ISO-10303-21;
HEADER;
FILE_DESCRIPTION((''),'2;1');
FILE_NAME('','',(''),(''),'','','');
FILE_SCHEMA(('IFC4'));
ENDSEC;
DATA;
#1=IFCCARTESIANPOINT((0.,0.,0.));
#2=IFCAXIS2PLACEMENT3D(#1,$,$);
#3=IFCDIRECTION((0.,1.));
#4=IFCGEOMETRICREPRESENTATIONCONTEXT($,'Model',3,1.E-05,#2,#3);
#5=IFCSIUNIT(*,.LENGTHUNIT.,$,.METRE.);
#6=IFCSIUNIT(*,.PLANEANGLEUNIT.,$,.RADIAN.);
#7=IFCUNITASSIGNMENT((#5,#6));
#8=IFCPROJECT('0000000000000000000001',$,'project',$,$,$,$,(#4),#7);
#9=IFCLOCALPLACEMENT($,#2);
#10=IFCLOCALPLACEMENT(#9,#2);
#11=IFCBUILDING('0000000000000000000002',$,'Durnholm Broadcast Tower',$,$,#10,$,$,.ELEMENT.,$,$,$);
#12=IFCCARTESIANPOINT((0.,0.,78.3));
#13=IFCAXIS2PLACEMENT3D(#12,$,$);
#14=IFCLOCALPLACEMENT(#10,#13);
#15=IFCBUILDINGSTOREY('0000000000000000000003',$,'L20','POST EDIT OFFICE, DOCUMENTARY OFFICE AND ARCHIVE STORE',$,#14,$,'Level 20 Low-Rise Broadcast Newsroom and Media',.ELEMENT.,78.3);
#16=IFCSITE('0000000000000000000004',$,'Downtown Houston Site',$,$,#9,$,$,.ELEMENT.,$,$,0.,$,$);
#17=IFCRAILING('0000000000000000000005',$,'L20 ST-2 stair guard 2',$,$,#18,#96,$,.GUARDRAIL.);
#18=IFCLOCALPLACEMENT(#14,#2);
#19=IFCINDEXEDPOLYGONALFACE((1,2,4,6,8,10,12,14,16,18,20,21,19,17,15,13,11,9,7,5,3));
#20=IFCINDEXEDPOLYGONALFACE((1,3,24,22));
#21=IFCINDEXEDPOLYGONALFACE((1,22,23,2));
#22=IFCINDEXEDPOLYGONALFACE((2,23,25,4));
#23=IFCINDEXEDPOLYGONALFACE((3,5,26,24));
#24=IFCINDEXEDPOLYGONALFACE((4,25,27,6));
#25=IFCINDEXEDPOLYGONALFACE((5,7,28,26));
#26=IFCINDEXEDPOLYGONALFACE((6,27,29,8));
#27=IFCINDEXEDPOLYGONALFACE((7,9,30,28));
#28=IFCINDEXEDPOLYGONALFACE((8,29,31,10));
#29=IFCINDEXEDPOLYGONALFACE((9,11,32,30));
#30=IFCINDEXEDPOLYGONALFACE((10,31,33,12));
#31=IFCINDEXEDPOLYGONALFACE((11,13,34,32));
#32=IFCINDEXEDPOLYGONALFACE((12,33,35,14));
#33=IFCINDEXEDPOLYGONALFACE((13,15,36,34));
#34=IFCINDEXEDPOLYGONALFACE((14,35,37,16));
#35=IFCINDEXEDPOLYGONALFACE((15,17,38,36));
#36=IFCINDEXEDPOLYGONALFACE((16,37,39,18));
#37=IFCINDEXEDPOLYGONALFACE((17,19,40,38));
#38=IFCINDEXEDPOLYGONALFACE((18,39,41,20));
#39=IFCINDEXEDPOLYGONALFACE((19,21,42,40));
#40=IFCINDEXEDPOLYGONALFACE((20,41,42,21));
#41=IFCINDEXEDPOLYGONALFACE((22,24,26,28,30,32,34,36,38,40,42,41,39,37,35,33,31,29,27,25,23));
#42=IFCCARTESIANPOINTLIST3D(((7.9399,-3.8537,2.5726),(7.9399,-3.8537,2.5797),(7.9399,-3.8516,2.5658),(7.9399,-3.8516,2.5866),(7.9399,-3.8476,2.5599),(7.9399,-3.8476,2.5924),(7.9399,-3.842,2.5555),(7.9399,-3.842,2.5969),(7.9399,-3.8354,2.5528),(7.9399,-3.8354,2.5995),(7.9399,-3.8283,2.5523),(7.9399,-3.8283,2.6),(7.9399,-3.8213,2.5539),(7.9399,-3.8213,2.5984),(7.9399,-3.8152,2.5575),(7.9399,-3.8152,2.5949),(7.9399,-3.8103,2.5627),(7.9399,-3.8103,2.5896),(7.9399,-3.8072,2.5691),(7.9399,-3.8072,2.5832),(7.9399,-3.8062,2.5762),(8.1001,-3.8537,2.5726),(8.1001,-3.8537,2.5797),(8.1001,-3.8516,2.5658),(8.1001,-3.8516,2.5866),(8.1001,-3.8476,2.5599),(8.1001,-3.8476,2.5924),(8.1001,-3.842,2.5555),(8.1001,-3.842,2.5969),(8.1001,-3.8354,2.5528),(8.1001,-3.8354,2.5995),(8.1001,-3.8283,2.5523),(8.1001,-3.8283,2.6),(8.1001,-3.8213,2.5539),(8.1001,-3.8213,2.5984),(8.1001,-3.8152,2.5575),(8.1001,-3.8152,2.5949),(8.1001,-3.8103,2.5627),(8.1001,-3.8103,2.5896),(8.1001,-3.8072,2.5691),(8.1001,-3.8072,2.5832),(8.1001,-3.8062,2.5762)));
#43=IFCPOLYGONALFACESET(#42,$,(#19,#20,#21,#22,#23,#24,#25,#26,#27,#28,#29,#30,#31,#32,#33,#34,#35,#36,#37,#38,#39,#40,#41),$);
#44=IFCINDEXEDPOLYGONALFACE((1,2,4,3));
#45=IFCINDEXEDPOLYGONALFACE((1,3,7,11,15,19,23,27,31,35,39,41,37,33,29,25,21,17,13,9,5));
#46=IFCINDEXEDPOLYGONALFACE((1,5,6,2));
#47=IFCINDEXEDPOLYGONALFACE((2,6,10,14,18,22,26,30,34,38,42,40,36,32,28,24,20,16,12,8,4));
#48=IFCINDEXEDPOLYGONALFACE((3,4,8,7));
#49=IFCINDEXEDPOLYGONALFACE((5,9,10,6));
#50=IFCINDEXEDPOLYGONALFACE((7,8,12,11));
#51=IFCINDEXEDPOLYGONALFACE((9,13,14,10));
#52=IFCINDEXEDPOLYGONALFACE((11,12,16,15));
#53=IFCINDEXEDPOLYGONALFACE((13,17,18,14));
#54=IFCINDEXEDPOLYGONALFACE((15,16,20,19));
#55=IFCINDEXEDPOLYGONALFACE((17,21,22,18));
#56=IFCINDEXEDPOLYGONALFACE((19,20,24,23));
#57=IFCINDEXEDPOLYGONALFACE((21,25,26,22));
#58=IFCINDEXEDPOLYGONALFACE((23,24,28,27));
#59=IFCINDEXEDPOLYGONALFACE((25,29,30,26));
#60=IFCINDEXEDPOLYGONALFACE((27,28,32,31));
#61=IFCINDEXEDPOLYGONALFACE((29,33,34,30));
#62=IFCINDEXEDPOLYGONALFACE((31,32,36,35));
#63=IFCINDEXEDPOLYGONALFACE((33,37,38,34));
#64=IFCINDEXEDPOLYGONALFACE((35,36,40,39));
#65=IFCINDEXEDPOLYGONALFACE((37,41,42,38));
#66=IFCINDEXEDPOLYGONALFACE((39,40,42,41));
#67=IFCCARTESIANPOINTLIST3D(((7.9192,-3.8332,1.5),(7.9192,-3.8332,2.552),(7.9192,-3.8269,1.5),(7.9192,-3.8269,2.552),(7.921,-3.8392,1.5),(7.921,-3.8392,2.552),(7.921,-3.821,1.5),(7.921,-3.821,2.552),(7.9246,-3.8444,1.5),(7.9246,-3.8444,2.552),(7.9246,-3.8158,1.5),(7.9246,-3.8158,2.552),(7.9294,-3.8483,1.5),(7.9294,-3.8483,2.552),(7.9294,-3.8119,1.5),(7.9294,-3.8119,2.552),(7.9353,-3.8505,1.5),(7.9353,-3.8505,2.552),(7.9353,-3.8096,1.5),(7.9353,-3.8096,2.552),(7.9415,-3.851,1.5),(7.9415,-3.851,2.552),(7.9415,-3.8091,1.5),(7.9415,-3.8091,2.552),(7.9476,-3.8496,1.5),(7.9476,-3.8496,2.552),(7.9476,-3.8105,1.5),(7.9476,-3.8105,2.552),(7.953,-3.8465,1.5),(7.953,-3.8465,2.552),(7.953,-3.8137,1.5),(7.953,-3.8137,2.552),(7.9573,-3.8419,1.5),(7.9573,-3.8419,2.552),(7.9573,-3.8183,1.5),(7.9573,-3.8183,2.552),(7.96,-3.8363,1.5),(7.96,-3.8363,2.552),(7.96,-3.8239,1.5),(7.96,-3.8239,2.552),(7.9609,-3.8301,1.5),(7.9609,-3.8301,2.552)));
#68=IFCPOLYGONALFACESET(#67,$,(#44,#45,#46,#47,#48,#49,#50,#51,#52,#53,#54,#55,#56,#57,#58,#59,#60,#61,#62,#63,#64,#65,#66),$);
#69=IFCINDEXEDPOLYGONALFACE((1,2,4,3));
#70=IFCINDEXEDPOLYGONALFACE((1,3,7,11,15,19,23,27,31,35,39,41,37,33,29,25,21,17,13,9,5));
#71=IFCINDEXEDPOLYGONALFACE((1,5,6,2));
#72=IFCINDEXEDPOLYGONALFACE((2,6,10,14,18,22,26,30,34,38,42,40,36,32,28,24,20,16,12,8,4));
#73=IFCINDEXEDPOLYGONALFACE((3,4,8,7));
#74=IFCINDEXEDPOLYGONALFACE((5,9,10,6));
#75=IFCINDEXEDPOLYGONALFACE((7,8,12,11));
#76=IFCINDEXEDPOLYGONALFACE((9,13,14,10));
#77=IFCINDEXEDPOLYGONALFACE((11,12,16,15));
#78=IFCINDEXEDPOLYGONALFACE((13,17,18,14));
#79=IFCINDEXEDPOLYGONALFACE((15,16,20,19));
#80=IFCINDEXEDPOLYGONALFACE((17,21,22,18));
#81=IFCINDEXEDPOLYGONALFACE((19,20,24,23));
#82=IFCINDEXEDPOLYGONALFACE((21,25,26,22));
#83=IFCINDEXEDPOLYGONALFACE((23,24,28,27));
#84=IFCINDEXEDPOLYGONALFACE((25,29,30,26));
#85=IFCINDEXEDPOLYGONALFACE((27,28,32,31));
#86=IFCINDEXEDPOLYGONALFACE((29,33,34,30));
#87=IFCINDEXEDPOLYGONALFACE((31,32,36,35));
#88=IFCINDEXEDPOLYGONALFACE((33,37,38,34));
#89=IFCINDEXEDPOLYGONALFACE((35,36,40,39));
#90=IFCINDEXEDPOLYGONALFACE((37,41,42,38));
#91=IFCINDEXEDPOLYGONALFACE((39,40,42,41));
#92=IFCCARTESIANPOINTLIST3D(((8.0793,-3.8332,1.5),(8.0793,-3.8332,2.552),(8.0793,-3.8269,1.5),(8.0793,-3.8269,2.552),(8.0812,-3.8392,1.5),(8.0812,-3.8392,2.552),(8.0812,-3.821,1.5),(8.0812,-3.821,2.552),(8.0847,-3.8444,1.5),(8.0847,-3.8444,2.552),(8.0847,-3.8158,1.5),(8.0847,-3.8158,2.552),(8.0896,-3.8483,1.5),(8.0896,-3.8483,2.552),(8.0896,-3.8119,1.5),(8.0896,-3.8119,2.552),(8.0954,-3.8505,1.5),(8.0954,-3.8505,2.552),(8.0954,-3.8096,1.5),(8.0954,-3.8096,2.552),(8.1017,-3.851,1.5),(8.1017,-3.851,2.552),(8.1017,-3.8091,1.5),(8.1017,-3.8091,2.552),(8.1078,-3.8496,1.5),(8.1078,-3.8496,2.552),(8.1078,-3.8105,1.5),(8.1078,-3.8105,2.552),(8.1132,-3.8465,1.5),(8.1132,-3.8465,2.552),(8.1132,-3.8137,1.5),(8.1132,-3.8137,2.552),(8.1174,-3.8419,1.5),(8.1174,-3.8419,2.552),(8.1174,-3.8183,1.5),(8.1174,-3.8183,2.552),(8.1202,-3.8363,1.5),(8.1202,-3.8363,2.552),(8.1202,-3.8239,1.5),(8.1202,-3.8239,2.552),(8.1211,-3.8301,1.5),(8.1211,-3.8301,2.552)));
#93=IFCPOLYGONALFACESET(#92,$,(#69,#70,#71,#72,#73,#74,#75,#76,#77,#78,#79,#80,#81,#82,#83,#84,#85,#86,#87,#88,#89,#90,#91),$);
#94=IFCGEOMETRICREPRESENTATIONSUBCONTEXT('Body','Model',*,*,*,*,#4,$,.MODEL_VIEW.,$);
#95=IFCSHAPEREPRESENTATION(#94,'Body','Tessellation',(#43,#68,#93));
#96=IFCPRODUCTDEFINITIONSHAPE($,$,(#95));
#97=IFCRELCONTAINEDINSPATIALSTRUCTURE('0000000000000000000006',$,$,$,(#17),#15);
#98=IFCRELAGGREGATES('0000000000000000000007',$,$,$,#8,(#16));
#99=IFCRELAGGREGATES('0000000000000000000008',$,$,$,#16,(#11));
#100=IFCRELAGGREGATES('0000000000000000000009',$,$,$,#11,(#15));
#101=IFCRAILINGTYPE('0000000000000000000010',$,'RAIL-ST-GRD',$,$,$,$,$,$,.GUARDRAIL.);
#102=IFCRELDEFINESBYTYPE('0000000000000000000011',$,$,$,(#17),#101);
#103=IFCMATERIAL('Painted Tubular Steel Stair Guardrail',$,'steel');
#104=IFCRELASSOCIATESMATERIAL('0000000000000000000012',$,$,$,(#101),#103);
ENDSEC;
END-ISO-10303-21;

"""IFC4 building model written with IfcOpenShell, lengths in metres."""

from ifc_helpers import new_model, si_unit, direction, frame, origin, origin_2d, place, context, subcontext, project, spatial, circle, extrude, material, type_object, element, save


model = new_model("IFC4")

# Units and contexts
model_context = context("Model", 3, precision=1e-05, world=origin(), true_north=direction((0.0, 1.0)))
body_context = subcontext(model_context, "Body", "Model", "MODEL_VIEW")
ifc_project = project(units=[si_unit("LENGTHUNIT", "METRE"), si_unit("PLANEANGLEUNIT", "RADIAN")], contexts=[model_context])

# Site, building, storey
site_placement = place(None, origin())
site = spatial("IfcSite", under=ifc_project, at=site_placement, Name="Downtown Houston Site", CompositionType="ELEMENT", RefElevation=0.0)
building_placement = place(site_placement, origin())
building = spatial("IfcBuilding", under=site, at=building_placement, Name="Durnholm Broadcast Tower", CompositionType="ELEMENT")
storey_placement = place(building_placement, frame((0.0, 0.0, 78.3)))
storey = spatial("IfcBuildingStorey", under=building, at=storey_placement, Name="L20", Description="POST EDIT OFFICE, DOCUMENTARY OFFICE AND ARCHIVE STORE", LongName="Level 20 Low-Rise Broadcast Newsroom and Media", CompositionType="ELEMENT", Elevation=78.3)

# Railing
ifc_material_1 = material(Name="Painted Tubular Steel Stair Guardrail", Category="steel")
railing_type_1 = type_object("IfcRailingType", Name="RAIL-ST-GRD", PredefinedType="GUARDRAIL", material=ifc_material_1)
railing_1_placement = place(storey_placement, frame((7.9399, -3.8301, 1.5)))
element("IfcRailing", 1, at=railing_1_placement, inside=storey, type_object=railing_type_1, Name="L20 ST-2 stair guard 2", PredefinedType="GUARDRAIL", context=body_context, shape_type="SweptSolid", body=[
    extrude(circle(Radius=0.0239, at=origin_2d()), frame((0.0, 0.0, 1.0762), z_axis=(1.0, 0.0, 0.0), x_axis=(0.0, 1.0, 0.0)), (0.0, 0.0, 1.0), 0.1602),
    extrude(circle(Radius=0.021, at=origin_2d()), origin(), (0.0, 0.0, 1.0), 1.052),
    extrude(circle(Radius=0.021, at=origin_2d()), frame((0.1602, 0.0, 0.0)), (0.0, 0.0, 1.0), 1.052),
])

save(model, "model.ifc")
